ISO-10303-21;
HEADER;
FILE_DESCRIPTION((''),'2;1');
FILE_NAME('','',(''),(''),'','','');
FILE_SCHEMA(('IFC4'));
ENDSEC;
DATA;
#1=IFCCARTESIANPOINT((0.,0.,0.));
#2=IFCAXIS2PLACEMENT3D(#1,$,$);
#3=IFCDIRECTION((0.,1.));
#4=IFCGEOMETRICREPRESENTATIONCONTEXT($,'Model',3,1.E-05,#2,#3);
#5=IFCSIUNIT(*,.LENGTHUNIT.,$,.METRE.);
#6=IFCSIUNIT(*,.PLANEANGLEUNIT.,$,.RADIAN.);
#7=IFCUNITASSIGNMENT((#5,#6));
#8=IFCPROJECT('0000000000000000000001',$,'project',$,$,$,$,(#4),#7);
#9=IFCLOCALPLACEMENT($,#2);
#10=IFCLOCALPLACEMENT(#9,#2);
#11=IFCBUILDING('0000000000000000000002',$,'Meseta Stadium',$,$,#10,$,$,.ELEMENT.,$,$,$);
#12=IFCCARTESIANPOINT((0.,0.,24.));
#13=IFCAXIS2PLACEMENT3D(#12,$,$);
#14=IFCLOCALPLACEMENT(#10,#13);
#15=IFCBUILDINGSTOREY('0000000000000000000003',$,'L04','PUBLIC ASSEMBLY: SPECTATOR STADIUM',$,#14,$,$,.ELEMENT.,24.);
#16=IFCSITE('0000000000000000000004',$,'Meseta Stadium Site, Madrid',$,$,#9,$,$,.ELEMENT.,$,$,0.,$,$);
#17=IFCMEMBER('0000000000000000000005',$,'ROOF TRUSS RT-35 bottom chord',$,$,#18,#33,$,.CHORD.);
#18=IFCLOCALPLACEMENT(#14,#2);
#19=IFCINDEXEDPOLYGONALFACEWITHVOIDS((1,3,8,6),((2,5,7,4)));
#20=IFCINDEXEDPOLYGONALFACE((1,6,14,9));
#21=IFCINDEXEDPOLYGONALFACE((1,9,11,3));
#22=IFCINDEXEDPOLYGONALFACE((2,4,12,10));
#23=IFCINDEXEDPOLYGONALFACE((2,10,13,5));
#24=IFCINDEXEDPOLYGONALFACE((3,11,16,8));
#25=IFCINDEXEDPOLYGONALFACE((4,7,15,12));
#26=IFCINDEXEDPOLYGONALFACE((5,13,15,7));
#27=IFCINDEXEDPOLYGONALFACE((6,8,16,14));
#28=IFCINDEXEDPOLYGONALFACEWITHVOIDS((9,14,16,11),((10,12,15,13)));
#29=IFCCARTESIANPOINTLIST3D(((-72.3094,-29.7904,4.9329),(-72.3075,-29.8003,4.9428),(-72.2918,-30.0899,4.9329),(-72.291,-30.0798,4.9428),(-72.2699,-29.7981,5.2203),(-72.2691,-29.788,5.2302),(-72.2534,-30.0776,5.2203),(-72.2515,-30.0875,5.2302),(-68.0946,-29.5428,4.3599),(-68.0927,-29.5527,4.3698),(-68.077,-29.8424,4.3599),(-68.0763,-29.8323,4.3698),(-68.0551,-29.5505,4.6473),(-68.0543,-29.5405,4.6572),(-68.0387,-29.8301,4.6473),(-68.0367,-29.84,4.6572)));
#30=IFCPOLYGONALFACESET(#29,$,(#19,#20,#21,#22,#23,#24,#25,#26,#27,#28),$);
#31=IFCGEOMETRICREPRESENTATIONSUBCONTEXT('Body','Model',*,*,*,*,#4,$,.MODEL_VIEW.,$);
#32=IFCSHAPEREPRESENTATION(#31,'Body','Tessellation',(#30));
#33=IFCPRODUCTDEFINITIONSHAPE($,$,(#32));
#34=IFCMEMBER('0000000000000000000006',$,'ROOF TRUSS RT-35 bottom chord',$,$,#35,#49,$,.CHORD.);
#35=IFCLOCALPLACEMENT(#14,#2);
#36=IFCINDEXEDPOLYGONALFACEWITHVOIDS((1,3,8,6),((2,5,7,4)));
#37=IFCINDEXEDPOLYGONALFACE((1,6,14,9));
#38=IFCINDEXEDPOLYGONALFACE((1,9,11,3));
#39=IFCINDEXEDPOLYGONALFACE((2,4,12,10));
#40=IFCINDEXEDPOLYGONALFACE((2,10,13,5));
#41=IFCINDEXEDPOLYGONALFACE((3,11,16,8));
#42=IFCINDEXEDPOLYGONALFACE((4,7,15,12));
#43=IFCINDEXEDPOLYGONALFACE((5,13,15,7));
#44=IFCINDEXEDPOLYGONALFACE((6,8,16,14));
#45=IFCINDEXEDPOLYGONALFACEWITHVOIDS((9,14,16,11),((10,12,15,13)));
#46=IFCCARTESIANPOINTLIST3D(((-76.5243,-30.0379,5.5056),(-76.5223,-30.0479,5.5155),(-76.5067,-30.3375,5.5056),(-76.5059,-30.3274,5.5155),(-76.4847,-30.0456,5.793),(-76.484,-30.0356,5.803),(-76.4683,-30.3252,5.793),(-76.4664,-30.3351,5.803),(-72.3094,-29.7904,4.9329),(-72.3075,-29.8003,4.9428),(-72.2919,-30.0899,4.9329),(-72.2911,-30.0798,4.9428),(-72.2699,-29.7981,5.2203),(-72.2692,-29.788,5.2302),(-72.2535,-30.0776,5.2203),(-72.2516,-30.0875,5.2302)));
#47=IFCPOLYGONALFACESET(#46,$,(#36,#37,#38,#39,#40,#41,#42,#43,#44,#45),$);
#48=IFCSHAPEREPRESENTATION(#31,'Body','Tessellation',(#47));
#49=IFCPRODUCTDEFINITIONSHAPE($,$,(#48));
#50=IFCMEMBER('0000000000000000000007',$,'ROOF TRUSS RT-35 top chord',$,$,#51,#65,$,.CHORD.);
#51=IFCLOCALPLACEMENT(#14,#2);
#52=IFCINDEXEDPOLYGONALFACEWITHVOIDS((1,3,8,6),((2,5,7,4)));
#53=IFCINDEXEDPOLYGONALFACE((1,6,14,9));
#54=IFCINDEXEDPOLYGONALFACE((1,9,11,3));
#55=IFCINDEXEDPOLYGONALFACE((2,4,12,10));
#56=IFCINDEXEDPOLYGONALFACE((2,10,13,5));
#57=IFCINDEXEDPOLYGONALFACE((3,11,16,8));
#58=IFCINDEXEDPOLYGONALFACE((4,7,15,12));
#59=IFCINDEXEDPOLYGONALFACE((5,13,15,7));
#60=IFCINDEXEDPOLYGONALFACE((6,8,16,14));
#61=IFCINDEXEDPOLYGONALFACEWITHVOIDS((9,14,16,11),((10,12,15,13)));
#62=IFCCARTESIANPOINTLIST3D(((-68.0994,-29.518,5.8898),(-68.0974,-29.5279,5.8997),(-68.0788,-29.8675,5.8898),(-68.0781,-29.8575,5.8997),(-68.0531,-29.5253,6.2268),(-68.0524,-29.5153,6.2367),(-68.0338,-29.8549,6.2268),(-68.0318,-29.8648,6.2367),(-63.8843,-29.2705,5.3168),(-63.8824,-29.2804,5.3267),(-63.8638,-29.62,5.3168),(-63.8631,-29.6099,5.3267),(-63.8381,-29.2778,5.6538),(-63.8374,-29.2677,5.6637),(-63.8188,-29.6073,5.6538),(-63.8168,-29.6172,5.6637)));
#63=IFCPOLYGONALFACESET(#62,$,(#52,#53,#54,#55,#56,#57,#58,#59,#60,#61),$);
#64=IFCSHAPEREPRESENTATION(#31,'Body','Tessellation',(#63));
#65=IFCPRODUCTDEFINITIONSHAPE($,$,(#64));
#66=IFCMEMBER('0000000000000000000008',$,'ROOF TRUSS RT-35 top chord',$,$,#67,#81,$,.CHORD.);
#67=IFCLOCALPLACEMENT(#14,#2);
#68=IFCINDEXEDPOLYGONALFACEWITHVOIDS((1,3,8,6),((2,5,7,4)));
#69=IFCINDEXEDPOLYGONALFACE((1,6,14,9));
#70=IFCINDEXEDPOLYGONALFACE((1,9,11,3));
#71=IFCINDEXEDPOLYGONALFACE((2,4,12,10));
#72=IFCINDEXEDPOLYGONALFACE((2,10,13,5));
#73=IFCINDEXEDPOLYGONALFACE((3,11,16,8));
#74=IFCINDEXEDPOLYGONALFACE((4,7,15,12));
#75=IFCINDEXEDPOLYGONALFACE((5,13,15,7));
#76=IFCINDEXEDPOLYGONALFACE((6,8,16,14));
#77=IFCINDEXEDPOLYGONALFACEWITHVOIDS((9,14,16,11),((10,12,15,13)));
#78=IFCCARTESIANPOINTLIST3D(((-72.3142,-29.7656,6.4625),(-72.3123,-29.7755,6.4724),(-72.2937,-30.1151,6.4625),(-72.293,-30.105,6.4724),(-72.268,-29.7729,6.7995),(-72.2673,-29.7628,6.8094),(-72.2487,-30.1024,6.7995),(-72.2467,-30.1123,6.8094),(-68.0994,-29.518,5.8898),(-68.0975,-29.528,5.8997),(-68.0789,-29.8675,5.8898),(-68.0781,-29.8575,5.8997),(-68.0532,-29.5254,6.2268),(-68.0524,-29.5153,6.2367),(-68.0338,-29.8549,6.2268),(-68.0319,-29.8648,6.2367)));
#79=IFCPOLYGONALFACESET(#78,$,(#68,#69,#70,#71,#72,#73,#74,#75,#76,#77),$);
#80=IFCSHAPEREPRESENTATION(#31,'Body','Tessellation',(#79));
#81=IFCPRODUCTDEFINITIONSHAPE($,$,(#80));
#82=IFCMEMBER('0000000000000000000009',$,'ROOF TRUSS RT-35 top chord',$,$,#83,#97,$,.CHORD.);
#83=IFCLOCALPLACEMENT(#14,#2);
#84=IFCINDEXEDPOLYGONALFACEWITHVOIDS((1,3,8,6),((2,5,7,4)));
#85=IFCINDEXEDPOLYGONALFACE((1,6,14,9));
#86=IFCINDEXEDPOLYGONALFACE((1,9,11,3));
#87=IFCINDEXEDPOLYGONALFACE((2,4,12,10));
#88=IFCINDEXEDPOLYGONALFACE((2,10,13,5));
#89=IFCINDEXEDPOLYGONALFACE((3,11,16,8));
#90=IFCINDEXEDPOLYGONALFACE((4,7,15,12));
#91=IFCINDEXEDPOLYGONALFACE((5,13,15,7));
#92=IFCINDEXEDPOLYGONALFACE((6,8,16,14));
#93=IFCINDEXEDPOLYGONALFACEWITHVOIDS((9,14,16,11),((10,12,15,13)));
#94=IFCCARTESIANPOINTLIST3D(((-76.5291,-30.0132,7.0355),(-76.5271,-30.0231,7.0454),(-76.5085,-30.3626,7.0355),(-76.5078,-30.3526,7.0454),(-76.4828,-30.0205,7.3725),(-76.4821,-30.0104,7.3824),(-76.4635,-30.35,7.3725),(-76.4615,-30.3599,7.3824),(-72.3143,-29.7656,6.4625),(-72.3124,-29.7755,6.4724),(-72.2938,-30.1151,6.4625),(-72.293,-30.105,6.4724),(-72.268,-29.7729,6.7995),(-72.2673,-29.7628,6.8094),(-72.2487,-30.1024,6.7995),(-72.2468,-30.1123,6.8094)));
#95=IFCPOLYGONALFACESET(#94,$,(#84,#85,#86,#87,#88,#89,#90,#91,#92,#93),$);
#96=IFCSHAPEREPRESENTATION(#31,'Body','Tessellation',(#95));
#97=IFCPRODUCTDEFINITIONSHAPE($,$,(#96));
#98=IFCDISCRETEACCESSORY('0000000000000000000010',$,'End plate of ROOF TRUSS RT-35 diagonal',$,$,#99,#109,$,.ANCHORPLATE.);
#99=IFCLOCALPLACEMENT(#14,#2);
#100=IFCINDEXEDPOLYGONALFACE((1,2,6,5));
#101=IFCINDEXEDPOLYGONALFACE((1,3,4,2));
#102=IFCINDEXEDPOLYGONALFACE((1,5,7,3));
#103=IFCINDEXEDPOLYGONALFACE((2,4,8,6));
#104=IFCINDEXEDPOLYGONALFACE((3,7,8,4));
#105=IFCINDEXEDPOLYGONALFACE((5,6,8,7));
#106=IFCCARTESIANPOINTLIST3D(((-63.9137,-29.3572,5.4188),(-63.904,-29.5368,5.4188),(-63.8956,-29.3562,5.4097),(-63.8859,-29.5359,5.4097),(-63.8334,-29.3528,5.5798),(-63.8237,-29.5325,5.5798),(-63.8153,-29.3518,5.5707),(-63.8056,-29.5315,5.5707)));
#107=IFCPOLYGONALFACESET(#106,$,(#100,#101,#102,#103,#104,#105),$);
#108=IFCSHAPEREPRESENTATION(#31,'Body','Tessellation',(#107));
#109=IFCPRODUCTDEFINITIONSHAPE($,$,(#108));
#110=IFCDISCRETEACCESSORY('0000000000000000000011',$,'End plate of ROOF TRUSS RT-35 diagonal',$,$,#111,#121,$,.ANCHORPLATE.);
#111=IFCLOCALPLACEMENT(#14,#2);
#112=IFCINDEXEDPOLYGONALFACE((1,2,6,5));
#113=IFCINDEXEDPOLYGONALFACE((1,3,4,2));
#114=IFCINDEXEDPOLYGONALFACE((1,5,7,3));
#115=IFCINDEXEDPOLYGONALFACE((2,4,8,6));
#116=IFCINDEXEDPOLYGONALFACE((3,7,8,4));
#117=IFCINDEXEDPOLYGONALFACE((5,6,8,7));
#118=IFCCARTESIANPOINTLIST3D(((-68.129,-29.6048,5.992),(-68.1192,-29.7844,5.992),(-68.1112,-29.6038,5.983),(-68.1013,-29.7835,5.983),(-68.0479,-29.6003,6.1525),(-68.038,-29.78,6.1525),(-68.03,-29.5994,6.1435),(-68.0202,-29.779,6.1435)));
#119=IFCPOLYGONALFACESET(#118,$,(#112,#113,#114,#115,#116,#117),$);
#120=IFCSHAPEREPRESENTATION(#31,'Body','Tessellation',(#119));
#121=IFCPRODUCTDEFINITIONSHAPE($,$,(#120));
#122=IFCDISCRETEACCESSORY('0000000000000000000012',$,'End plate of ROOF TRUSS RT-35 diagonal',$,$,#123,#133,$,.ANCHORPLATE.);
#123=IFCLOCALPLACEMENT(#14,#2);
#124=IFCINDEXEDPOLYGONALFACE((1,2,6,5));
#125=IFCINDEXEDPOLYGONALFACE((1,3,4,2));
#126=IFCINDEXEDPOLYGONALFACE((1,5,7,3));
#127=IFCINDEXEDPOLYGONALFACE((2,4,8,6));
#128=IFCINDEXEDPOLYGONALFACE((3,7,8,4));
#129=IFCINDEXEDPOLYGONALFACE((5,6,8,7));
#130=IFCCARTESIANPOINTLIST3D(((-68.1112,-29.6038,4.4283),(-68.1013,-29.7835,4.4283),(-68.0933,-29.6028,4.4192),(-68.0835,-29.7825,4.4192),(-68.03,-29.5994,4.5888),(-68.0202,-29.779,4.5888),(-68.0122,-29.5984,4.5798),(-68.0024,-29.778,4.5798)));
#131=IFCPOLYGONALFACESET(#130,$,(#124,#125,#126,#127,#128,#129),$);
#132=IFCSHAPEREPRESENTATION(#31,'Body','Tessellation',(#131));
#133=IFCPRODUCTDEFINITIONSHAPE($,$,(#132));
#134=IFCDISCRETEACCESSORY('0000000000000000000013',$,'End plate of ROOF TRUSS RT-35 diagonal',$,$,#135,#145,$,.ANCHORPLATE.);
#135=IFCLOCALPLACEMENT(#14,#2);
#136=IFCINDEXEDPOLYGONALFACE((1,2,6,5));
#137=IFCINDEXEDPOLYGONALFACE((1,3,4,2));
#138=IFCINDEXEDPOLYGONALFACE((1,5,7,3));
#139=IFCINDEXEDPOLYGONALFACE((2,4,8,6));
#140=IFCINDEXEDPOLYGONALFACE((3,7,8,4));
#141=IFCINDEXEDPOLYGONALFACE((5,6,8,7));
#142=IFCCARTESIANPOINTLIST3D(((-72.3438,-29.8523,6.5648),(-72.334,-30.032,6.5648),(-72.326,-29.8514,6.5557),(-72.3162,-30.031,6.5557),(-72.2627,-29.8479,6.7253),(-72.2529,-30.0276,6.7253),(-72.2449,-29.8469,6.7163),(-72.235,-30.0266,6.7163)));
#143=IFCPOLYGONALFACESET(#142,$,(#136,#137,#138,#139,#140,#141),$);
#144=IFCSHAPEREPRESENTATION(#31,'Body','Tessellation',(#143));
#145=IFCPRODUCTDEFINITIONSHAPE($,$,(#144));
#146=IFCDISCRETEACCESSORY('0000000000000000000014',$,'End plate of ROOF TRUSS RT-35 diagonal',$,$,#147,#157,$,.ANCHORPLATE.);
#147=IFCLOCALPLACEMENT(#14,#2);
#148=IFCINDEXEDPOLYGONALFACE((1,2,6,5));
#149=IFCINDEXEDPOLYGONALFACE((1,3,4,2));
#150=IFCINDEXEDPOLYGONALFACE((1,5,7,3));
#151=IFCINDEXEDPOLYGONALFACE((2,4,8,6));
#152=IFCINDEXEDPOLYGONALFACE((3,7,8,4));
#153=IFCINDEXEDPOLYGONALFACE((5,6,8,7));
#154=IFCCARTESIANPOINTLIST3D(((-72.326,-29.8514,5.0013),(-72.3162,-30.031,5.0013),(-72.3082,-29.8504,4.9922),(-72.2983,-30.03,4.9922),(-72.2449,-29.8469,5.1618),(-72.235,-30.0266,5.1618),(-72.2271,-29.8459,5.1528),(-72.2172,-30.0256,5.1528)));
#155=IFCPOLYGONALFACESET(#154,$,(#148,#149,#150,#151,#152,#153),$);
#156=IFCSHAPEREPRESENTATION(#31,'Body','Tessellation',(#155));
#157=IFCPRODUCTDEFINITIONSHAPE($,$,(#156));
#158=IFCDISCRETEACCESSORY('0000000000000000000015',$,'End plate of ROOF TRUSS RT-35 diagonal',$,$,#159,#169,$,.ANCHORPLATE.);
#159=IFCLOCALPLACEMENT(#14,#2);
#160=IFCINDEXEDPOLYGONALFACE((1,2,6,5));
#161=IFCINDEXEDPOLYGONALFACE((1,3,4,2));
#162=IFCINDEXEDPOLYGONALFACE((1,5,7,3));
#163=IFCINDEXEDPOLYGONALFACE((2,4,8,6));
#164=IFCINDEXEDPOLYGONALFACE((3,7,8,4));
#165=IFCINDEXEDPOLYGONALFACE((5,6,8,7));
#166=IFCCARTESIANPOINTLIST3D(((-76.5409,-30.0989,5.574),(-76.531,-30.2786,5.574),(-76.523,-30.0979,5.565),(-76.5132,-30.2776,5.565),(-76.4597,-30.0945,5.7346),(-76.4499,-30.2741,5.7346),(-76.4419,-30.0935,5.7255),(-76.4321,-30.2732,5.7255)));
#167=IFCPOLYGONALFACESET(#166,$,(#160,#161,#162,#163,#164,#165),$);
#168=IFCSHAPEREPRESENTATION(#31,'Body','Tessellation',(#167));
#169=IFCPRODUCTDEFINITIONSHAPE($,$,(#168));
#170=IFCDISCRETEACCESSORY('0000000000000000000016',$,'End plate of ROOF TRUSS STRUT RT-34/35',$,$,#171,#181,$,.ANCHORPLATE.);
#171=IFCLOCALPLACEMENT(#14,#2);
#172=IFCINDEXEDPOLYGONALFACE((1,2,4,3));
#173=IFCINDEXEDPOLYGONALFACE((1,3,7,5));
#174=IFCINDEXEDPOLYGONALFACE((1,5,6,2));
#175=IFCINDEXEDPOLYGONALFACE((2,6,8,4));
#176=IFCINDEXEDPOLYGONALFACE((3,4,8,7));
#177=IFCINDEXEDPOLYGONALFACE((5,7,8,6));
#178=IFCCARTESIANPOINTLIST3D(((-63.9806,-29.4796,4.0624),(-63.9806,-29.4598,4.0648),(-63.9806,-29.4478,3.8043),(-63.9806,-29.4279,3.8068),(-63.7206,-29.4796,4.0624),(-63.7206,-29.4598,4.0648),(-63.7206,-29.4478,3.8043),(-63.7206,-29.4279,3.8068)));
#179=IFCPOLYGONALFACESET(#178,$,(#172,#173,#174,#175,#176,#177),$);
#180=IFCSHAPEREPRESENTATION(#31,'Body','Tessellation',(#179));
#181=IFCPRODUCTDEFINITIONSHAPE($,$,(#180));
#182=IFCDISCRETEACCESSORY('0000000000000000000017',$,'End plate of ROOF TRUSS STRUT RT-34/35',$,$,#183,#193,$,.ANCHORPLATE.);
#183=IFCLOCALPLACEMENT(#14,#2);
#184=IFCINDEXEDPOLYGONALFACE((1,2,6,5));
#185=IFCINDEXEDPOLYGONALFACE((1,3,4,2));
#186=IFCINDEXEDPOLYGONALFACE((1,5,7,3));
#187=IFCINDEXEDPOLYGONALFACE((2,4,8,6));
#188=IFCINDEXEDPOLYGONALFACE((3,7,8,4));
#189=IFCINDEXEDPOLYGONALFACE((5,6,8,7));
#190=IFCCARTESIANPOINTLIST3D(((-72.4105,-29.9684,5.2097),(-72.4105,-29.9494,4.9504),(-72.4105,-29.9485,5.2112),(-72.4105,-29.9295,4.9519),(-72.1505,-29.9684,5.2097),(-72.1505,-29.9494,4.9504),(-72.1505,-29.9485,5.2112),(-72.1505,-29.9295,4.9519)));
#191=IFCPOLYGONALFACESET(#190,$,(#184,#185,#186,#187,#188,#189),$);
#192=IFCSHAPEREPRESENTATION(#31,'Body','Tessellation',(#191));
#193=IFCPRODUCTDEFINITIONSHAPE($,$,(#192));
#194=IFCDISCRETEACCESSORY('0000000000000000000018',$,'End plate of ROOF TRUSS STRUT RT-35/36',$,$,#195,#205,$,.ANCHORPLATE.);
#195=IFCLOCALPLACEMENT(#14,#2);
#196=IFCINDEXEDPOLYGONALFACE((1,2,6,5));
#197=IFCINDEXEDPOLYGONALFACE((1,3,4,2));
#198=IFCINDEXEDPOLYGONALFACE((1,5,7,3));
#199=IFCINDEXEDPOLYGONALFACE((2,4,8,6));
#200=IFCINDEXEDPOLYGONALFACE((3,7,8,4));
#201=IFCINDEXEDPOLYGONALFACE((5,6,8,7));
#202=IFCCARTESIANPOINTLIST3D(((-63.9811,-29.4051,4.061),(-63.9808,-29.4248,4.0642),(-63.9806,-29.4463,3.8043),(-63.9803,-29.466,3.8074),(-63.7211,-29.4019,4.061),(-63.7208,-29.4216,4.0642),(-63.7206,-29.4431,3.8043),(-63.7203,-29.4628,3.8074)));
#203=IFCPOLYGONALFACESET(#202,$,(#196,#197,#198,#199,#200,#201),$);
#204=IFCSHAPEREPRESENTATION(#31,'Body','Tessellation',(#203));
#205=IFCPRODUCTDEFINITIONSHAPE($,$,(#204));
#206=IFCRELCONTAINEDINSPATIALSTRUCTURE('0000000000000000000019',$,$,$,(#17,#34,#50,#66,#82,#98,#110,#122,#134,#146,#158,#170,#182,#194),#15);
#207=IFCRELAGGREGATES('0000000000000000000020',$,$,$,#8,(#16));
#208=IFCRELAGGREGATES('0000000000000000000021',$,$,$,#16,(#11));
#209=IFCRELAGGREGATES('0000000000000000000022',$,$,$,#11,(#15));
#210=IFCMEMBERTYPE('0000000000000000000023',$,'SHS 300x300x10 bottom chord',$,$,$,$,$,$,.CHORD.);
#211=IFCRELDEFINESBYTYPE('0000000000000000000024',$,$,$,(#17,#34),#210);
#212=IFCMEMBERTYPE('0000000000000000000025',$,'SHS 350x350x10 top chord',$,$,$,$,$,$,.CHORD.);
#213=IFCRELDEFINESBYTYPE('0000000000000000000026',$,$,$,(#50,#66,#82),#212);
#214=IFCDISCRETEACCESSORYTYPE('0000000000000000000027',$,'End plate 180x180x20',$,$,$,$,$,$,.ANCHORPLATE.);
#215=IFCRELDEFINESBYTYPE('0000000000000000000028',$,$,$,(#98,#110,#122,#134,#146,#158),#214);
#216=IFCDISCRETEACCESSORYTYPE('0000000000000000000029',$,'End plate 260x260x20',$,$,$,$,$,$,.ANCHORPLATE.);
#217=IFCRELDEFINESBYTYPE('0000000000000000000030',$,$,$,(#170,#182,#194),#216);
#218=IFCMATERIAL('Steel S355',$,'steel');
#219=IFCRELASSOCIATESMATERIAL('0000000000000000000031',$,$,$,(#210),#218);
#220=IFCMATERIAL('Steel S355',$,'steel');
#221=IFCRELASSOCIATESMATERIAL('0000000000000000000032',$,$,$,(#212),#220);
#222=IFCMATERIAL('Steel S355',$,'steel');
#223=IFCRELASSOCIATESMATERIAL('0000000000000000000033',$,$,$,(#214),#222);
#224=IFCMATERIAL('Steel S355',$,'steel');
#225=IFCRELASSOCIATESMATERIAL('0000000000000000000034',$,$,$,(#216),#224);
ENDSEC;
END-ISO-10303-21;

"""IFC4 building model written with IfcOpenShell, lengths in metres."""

from ifc_helpers import new_model, si_unit, direction, frame, origin, origin_2d, place, context, subcontext, project, spatial, rectangle, hollow_rectangle, extrude, material, material_profile, profile_set, type_object, element, save


model = new_model("IFC4")

# Units and contexts
model_context = context("Model", 3, precision=1e-05, world=origin(), true_north=direction((0.0, 1.0)))
body_context = subcontext(model_context, "Body", "Model", "MODEL_VIEW")
ifc_project = project(units=[si_unit("LENGTHUNIT", "METRE"), si_unit("PLANEANGLEUNIT", "RADIAN")], contexts=[model_context])

# Site, building, storey
site_placement = place(None, origin())
site = spatial("IfcSite", under=ifc_project, at=site_placement, Name="Meseta Stadium Site, Madrid", CompositionType="ELEMENT", RefElevation=0.0)
building_placement = place(site_placement, origin())
building = spatial("IfcBuilding", under=site, at=building_placement, Name="Meseta Stadium", CompositionType="ELEMENT")
storey_placement = place(building_placement, frame((0.0, 0.0, 24.0)))
storey = spatial("IfcBuildingStorey", under=building, at=storey_placement, Name="L04", Description="PUBLIC ASSEMBLY: SPECTATOR STADIUM", CompositionType="ELEMENT", Elevation=24.0)

# Members
ifc_material_1 = material(Name="Steel S355", Category="steel")
ifc_material_profile_1 = material_profile(ifc_material_1, hollow_rectangle(XDim=0.3, YDim=0.3, WallThickness=0.01, at=origin_2d()), Name="SHS 300x300x10")
ifc_profile_set_1 = profile_set([ifc_material_profile_1], Name="Steel S355")
member_type_1 = type_object("IfcMemberType", Name="SHS 300x300x10 bottom chord", PredefinedType="CHORD", material=ifc_profile_set_1)
for number, where, z_axis, x_axis, name in (
    (1, (-68.0657, -29.6914, 4.5085), (-0.989211, -0.058101, 0.134481), (0.058634, -0.99828, 0.0), "ROOF TRUSS RT-35 bottom chord"),
    (2, (-72.2805, -29.939, 5.0815), (-0.989219, -0.058102, 0.134425), (0.058634, -0.99828, 0.0), "ROOF TRUSS RT-35 bottom chord"),
):
    element("IfcMember", number, at=place(storey_placement, frame(where, z_axis=z_axis, x_axis=x_axis)), inside=storey, type_object=member_type_1, Name=name, PredefinedType="CHORD", context=body_context, shape_type="SweptSolid", body=[
        extrude(hollow_rectangle(XDim=0.3, YDim=0.3, WallThickness=0.01, at=origin_2d()), origin(), (0.0, 0.0, 1.0), 4.2607),
    ])
ifc_material_2 = material(Name="Steel S355", Category="steel")
ifc_material_profile_2 = material_profile(ifc_material_2, hollow_rectangle(XDim=0.3501, YDim=0.3501, WallThickness=0.01, at=origin_2d()), Name="SHS 350x350x10")
ifc_profile_set_2 = profile_set([ifc_material_profile_2], Name="Steel S355")
member_type_2 = type_object("IfcMemberType", Name="SHS 350x350x10 top chord", PredefinedType="CHORD", material=ifc_profile_set_2)
member_1_placement = place(storey_placement, frame((-63.8506, -29.4438, 5.4902), z_axis=(-0.989213, -0.058098, 0.134473), x_axis=(0.058631, -0.99828, 0.0)))
element("IfcMember", 3, at=member_1_placement, inside=storey, type_object=member_type_2, Name="ROOF TRUSS RT-35 top chord", PredefinedType="CHORD", context=body_context, shape_type="SweptSolid", body=[
    extrude(hollow_rectangle(XDim=0.3501, YDim=0.3501, WallThickness=0.01, at=origin_2d()), origin(), (0.0, 0.0, 1.0), 4.261),
])
for number, where, z_axis, x_axis, name in (
    (4, (-68.0657, -29.6914, 6.0632), (-0.989219, -0.058102, 0.134425), (0.058634, -0.99828, 0.0), "ROOF TRUSS RT-35 top chord"),
    (5, (-72.2805, -29.939, 6.636), (-0.989211, -0.058101, 0.134481), (0.058634, -0.99828, 0.0), "ROOF TRUSS RT-35 top chord"),
):
    element("IfcMember", number, at=place(storey_placement, frame(where, z_axis=z_axis, x_axis=x_axis)), inside=storey, type_object=member_type_2, Name=name, PredefinedType="CHORD", context=body_context, shape_type="SweptSolid", body=[
        extrude(hollow_rectangle(XDim=0.3501, YDim=0.3501, WallThickness=0.01, at=origin_2d()), origin(), (0.0, 0.0, 1.0), 4.2607),
    ])

# Discrete accessories
ifc_material_3 = material(Name="Steel S355", Category="steel")
ifc_material_profile_3 = material_profile(ifc_material_3, rectangle(XDim=0.1799, YDim=0.1799, at=origin_2d()), Name="PL 180x180")
ifc_profile_set_3 = profile_set([ifc_material_profile_3], Name="Steel S355")
discrete_accessory_type_1 = type_object("IfcDiscreteAccessoryType", Name="End plate 180x180x20", PredefinedType="ANCHORPLATE", material=ifc_profile_set_3)
discrete_accessory_placement = place(storey_placement, frame((-63.8506, -29.4438, 5.4902), z_axis=(-0.893384, -0.048291, 0.446692), x_axis=(0.053975, -0.998542, 0.0)))
element("IfcDiscreteAccessory", 6, at=discrete_accessory_placement, inside=storey, type_object=discrete_accessory_type_1, Name="End plate of ROOF TRUSS RT-35 diagonal", PredefinedType="ANCHORPLATE", context=body_context, shape_type="SweptSolid", body=[
    extrude(rectangle(XDim=0.1799, YDim=0.1799, at=origin_2d()), origin(), (0.0, 0.0, 1.0), 0.0203),
])
for number, where, z_axis, x_axis, name in (
    (7, (-68.0657, -29.6914, 6.0632), (-0.890907, -0.048817, 0.451555), (0.054712, -0.998502, 0.0), "End plate of ROOF TRUSS RT-35 diagonal"),
    (8, (-68.0479, -29.6904, 4.4995), (-0.890907, -0.048817, 0.451555), (0.054712, -0.998502, 0.0), "End plate of ROOF TRUSS RT-35 diagonal"),
    (9, (-72.2805, -29.939, 6.636), (-0.890907, -0.048817, 0.451555), (0.054712, -0.998502, 0.0), "End plate of ROOF TRUSS RT-35 diagonal"),
    (10, (-72.2627, -29.938, 5.0725), (-0.890907, -0.048817, 0.451555), (0.054712, -0.998502, 0.0), "End plate of ROOF TRUSS RT-35 diagonal"),
    (11, (-76.4775, -30.1855, 5.6453), (-0.890907, -0.048817, 0.451555), (0.054712, -0.998502, 0.0), "End plate of ROOF TRUSS RT-35 diagonal"),
):
    element("IfcDiscreteAccessory", number, at=place(storey_placement, frame(where, z_axis=z_axis, x_axis=x_axis)), inside=storey, type_object=discrete_accessory_type_1, Name=name, PredefinedType="ANCHORPLATE", context=body_context, shape_type="SweptSolid", body=[
        extrude(rectangle(XDim=0.1799, YDim=0.1799, at=origin_2d()), origin(), (0.0, 0.0, 1.0), 0.02),
    ])
ifc_material_4 = material(Name="Steel S355", Category="steel")
ifc_material_profile_4 = material_profile(ifc_material_4, rectangle(XDim=0.26, YDim=0.26, at=origin_2d()), Name="PL 260x260")
ifc_profile_set_4 = profile_set([ifc_material_profile_4], Name="Steel S355")
discrete_accessory_type_2 = type_object("IfcDiscreteAccessoryType", Name="End plate 260x260x20", PredefinedType="ANCHORPLATE", material=ifc_profile_set_4)
for number, where, z_axis, x_axis, name in (
    (12, (-63.8506, -29.4438, 3.9358), (0.0, -0.992465, -0.122527), (1.0, 0.0, 0.0), "End plate of ROOF TRUSS STRUT RT-34/35"),
    (13, (-72.2805, -29.939, 5.0815), (0.0, -0.997334, -0.072976), (1.0, 0.0, 0.0), "End plate of ROOF TRUSS STRUT RT-34/35"),
    (14, (-63.8508, -29.4241, 3.9326), (0.012189, -0.987291, 0.158454), (0.999924, 0.012345, 0.0), "End plate of ROOF TRUSS STRUT RT-35/36"),
):
    element("IfcDiscreteAccessory", number, at=place(storey_placement, frame(where, z_axis=z_axis, x_axis=x_axis)), inside=storey, type_object=discrete_accessory_type_2, Name=name, PredefinedType="ANCHORPLATE", context=body_context, shape_type="SweptSolid", body=[
        extrude(rectangle(XDim=0.26, YDim=0.26, at=origin_2d()), origin(), (0.0, 0.0, 1.0), 0.02),
    ])

save(model, "model.ifc")
